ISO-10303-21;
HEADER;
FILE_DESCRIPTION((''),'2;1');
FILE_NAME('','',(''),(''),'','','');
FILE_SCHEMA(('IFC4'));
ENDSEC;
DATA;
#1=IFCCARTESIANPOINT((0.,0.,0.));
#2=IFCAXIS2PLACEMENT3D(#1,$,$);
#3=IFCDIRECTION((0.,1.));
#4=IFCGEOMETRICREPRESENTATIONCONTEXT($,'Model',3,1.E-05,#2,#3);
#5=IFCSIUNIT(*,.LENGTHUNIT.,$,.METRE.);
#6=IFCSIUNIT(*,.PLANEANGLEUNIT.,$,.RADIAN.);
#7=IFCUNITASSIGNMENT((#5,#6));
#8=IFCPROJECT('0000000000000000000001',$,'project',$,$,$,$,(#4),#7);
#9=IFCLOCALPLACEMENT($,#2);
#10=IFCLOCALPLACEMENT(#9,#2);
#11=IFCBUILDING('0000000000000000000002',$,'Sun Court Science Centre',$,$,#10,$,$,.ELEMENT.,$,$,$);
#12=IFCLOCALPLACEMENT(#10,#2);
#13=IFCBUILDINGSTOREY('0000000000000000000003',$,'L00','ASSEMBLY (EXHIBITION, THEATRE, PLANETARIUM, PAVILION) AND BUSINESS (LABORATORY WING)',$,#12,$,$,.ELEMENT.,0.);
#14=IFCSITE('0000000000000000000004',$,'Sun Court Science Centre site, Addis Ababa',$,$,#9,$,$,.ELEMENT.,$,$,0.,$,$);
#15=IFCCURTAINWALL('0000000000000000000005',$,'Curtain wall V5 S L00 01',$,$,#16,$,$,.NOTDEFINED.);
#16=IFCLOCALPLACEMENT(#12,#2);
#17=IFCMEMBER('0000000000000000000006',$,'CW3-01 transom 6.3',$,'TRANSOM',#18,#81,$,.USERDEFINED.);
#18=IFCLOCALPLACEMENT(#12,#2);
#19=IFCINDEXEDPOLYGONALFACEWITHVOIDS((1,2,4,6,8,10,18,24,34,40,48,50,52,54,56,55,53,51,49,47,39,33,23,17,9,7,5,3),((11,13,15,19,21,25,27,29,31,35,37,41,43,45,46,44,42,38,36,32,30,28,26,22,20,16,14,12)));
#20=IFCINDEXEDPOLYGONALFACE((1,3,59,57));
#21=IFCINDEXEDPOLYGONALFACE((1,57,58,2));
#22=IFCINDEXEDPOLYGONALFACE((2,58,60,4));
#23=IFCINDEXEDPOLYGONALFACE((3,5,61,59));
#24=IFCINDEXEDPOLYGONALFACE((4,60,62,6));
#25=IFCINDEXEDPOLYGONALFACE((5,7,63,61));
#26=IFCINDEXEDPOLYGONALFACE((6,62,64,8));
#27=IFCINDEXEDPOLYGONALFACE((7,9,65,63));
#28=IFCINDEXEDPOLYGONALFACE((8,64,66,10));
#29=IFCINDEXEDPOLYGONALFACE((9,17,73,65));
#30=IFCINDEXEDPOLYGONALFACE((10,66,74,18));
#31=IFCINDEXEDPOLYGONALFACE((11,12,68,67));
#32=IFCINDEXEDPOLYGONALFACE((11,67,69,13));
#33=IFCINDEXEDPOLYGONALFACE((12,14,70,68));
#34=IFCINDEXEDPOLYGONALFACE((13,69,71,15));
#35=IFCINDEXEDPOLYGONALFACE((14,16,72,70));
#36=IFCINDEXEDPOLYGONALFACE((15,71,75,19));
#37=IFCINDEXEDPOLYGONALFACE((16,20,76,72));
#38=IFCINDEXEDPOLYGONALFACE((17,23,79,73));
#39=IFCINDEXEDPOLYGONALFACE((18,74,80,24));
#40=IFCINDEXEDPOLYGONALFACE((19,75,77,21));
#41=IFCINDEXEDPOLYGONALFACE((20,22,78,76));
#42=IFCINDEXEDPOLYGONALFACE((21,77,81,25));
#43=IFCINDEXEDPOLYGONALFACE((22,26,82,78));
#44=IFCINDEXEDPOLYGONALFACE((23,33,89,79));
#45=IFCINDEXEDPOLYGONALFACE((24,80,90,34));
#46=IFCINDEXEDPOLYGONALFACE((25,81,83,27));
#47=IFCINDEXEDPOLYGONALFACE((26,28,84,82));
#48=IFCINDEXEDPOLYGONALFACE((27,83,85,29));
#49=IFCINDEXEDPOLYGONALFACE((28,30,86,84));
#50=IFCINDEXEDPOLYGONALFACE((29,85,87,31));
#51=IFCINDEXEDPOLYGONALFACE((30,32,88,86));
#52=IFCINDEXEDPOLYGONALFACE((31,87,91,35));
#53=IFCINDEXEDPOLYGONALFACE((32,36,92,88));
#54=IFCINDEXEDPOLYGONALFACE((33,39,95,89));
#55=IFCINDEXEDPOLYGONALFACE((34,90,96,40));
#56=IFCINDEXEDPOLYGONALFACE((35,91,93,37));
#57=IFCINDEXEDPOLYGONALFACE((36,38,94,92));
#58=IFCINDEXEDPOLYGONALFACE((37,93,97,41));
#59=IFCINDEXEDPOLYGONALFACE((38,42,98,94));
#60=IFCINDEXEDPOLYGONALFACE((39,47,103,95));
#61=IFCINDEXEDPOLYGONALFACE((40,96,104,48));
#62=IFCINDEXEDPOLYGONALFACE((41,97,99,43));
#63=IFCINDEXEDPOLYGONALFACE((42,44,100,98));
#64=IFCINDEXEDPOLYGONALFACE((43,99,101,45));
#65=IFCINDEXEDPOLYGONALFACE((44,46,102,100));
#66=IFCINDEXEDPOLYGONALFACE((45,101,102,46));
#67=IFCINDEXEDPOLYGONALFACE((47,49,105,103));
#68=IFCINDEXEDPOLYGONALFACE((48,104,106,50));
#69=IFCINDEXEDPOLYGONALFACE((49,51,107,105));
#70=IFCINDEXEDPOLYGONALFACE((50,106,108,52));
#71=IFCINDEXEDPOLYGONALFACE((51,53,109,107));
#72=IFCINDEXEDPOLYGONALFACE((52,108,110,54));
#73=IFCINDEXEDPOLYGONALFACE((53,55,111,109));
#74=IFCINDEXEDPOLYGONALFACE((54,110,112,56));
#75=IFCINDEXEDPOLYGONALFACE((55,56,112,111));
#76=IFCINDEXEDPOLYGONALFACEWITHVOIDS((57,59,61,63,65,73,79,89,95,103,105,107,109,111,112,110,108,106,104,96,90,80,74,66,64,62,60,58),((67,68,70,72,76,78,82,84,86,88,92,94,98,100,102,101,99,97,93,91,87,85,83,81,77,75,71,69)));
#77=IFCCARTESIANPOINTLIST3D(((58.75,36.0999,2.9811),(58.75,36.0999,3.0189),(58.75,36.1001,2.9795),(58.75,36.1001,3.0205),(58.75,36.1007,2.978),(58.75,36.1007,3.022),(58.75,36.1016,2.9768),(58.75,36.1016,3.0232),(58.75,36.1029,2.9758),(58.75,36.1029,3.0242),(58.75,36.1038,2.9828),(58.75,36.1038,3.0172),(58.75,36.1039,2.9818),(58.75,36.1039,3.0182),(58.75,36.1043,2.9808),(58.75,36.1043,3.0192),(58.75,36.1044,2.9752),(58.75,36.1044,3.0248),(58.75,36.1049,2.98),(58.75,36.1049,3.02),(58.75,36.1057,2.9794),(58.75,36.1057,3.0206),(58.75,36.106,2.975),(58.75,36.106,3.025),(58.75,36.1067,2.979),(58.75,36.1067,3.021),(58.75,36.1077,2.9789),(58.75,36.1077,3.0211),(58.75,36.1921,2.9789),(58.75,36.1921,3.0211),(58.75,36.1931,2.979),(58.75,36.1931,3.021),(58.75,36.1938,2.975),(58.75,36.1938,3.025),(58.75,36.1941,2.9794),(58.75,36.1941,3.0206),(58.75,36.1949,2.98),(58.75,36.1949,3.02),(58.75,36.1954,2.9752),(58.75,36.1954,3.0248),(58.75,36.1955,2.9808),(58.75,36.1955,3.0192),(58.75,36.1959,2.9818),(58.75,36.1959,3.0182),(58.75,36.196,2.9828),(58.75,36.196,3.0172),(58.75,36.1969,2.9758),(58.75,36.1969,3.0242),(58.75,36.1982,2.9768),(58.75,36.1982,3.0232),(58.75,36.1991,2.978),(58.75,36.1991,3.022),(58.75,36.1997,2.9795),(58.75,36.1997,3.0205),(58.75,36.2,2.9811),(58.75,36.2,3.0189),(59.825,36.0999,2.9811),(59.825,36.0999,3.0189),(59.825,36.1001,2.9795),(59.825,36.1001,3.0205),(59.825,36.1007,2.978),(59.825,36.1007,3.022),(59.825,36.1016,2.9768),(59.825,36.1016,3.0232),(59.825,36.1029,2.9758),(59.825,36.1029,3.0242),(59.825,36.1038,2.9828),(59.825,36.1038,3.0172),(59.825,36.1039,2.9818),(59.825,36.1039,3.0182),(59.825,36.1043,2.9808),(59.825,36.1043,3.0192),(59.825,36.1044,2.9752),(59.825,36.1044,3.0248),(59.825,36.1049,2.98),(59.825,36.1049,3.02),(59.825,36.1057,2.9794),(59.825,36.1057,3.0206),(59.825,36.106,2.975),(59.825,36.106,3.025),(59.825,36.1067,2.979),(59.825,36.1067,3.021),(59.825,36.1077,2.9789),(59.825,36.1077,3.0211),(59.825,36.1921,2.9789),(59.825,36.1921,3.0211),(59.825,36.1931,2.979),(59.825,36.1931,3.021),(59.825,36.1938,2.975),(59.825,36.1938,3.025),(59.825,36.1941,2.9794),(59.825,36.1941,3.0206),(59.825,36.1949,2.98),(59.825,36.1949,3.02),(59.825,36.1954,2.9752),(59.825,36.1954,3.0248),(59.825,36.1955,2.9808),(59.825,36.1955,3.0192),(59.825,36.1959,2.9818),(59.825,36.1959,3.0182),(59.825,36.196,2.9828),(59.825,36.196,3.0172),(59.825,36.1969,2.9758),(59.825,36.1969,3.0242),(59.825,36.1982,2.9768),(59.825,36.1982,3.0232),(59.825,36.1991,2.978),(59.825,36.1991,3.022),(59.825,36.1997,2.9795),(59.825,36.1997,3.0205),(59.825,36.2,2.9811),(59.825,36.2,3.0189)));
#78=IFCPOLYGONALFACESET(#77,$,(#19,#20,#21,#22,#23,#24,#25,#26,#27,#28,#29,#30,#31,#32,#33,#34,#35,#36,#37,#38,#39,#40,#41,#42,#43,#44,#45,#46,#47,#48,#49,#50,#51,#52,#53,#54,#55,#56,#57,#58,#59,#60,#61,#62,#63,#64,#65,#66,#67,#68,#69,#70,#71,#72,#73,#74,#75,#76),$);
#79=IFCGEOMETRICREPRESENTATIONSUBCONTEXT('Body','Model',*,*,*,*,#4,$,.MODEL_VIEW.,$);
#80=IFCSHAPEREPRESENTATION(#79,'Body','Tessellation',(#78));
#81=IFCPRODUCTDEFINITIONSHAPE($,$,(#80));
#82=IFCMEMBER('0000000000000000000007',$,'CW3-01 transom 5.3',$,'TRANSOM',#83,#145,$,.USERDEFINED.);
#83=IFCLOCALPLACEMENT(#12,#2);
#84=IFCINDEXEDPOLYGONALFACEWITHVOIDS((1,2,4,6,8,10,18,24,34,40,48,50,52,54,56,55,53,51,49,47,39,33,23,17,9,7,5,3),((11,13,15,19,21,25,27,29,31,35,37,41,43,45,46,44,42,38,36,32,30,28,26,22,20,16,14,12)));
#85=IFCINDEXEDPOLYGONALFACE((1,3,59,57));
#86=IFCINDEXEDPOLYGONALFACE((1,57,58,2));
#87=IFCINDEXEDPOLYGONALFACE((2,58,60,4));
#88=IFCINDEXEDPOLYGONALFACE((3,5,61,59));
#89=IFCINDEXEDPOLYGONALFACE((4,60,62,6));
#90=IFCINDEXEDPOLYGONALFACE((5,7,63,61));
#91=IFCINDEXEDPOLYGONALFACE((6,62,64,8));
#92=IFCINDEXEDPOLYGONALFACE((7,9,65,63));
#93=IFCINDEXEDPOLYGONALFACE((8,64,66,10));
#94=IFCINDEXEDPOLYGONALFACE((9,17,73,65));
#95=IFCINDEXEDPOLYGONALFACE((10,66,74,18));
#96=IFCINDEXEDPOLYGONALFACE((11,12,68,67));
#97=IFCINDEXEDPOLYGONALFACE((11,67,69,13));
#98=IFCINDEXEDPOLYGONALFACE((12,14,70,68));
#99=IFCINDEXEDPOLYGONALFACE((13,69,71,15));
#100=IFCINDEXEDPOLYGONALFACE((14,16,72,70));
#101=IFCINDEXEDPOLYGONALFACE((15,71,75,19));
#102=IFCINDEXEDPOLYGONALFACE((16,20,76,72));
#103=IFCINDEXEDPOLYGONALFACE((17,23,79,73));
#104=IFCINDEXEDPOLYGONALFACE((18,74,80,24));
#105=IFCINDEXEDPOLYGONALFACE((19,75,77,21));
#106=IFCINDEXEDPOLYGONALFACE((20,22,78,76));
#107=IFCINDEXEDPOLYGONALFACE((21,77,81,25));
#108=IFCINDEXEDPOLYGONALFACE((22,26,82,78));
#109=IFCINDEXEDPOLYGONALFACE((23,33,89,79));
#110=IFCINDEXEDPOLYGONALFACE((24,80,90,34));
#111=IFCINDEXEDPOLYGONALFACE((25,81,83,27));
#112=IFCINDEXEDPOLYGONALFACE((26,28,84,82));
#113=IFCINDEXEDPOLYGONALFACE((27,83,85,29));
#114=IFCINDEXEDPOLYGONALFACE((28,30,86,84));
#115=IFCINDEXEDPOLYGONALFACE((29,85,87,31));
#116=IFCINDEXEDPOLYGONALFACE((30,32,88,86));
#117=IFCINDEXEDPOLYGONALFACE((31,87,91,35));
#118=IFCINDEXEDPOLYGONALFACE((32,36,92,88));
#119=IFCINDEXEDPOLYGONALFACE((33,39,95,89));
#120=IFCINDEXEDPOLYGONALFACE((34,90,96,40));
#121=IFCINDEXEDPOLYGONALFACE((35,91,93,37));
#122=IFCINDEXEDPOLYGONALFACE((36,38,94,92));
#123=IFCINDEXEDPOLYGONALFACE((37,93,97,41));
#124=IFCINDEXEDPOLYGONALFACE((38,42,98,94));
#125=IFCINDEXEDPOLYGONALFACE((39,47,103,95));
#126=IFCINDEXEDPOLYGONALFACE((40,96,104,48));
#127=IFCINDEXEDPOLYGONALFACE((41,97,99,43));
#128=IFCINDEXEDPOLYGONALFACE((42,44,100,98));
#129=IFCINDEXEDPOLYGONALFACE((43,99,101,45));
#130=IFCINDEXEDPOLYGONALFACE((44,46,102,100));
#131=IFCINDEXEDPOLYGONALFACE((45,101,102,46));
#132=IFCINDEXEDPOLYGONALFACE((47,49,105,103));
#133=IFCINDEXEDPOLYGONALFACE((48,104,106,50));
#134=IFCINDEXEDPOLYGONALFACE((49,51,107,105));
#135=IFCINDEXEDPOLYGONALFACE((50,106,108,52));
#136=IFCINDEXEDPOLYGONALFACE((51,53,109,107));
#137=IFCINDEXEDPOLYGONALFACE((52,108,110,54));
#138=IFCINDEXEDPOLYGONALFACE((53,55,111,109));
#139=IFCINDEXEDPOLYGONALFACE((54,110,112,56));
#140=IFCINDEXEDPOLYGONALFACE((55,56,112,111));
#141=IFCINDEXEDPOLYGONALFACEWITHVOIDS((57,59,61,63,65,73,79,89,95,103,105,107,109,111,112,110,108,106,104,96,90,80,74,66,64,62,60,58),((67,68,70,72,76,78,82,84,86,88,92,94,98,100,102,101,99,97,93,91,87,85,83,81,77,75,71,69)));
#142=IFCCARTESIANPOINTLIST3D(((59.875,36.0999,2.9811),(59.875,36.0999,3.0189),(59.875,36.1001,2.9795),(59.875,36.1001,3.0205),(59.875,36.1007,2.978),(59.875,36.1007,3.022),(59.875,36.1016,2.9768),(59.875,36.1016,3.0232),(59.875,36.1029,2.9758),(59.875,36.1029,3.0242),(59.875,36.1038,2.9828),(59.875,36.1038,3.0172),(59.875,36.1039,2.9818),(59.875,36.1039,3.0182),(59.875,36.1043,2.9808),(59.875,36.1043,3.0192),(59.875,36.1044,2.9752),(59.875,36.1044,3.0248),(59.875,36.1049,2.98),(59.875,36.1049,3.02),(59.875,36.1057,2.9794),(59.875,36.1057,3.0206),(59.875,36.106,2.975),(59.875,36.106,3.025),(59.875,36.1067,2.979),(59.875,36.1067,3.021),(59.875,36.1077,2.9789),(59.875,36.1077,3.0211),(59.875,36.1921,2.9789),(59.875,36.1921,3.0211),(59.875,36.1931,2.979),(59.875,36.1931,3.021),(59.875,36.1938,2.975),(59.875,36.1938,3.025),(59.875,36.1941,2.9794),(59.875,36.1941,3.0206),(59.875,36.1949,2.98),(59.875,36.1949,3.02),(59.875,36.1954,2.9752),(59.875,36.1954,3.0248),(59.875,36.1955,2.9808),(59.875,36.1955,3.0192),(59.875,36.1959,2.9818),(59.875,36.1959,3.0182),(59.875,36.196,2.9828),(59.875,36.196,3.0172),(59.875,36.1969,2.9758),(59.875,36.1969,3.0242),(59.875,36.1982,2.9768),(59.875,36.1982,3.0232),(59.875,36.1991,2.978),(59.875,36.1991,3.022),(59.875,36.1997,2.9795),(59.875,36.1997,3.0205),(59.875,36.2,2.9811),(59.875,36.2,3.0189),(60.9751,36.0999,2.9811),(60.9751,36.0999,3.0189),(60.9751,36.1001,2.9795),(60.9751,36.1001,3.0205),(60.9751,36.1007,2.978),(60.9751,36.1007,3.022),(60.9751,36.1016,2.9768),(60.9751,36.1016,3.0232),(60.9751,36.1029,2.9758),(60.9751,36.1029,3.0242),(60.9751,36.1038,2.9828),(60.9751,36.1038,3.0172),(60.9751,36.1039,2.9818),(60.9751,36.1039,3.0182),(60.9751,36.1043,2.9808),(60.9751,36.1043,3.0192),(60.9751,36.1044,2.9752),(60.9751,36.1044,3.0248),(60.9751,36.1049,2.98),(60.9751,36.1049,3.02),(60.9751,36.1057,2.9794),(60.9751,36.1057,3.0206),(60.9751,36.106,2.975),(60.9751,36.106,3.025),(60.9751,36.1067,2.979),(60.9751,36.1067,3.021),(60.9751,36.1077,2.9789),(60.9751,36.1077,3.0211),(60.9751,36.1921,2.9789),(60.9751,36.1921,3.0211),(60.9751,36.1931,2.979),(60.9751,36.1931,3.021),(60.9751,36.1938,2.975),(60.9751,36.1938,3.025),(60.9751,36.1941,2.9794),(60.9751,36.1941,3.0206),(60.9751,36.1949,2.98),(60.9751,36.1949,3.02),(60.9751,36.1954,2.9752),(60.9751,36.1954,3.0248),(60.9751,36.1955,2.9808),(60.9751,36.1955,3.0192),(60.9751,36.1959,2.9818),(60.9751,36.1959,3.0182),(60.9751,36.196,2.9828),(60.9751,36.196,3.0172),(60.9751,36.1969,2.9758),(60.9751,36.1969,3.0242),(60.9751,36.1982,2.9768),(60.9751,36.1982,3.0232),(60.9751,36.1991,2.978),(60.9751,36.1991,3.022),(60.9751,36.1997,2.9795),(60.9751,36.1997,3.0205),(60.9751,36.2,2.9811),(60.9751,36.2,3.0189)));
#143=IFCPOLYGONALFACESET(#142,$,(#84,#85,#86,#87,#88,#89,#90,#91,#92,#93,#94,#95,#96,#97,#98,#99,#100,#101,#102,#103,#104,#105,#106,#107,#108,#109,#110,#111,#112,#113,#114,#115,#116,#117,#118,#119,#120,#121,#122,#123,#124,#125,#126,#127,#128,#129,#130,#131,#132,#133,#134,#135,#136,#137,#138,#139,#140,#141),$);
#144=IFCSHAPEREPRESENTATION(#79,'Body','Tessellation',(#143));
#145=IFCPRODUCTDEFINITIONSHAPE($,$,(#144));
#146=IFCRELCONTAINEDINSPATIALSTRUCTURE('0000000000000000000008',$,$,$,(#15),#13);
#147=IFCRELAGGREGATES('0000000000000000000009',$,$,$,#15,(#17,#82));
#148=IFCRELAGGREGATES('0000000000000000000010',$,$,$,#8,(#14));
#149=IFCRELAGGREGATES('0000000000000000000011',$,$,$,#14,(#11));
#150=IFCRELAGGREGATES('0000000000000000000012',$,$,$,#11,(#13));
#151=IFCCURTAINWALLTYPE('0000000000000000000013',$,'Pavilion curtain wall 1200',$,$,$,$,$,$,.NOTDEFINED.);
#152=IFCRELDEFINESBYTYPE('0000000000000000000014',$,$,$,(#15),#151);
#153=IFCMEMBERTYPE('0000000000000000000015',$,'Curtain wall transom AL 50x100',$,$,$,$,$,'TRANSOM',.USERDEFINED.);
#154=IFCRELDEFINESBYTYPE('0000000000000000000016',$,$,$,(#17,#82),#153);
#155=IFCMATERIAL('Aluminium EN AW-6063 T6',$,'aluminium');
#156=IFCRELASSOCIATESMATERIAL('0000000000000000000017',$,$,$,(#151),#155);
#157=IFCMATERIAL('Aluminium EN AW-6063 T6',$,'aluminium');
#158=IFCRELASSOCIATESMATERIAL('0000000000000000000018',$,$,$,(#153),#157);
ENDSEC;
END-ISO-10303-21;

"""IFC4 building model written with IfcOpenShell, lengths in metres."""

from ifc_helpers import new_model, si_unit, direction, frame, origin, origin_2d, place, context, subcontext, project, spatial, hollow_rectangle, extrude, material, material_profile, profile_set, type_object, element, aggregate, save


model = new_model("IFC4")

# Units and contexts
model_context = context("Model", 3, precision=1e-05, world=origin(), true_north=direction((0.0, 1.0)))
body_context = subcontext(model_context, "Body", "Model", "MODEL_VIEW")
ifc_project = project(units=[si_unit("LENGTHUNIT", "METRE"), si_unit("PLANEANGLEUNIT", "RADIAN")], contexts=[model_context])

# Site, building, storey
site_placement = place(None, origin())
site = spatial("IfcSite", under=ifc_project, at=site_placement, Name="Sun Court Science Centre site, Addis Ababa", CompositionType="ELEMENT", RefElevation=0.0)
building_placement = place(site_placement, origin())
building = spatial("IfcBuilding", under=site, at=building_placement, Name="Sun Court Science Centre", CompositionType="ELEMENT")
storey_placement = place(building_placement, origin())
storey = spatial("IfcBuildingStorey", under=building, at=storey_placement, Name="L00", Description="ASSEMBLY (EXHIBITION, THEATRE, PLANETARIUM, PAVILION) AND BUSINESS (LABORATORY WING)", CompositionType="ELEMENT", Elevation=0.0)

# Curtain wall, members
ifc_material_1 = material(Name="Aluminium EN AW-6063 T6", Category="aluminium")
curtain_wall_type = type_object("IfcCurtainWallType", Name="Pavilion curtain wall 1200", PredefinedType="NOTDEFINED", material=ifc_material_1)
curtain_wall_placement = place(storey_placement, origin())
curtain_wall = element("IfcCurtainWall", 1, at=curtain_wall_placement, inside=storey, type_object=curtain_wall_type, Name="Curtain wall V5 S L00 01", PredefinedType="NOTDEFINED")
ifc_material_2 = material(Name="Aluminium EN AW-6063 T6", Category="aluminium")
ifc_material_profile_1 = material_profile(ifc_material_2, hollow_rectangle(XDim=0.05, YDim=0.1001, WallThickness=0.0039, InnerFilletRadius=0.0039, OuterFilletRadius=0.0061, at=origin_2d()), Name="AL 50x100x4")
ifc_profile_set_1 = profile_set([ifc_material_profile_1], Name="Aluminium EN AW-6063 T6")
member_type_1 = type_object("IfcMemberType", Name="Curtain wall transom AL 50x100", ElementType="TRANSOM", PredefinedType="USERDEFINED", material=ifc_profile_set_1)
member_1_placement = place(storey_placement, frame((59.825, 36.1499, 3.0), z_axis=(-1.0, 0.0, 0.0), x_axis=(0.0, 0.0, 1.0)))
member_1 = element("IfcMember", 2, at=member_1_placement, type_object=member_type_1, Name="CW3-01 transom 6.3", ObjectType="TRANSOM", PredefinedType="USERDEFINED", context=body_context, shape_type="SweptSolid", body=[
    extrude(hollow_rectangle(XDim=0.05, YDim=0.1001, WallThickness=0.0039, InnerFilletRadius=0.0039, OuterFilletRadius=0.0061, at=origin_2d()), origin(), (0.0, 0.0, 1.0), 1.075),
])
member_2_placement = place(storey_placement, frame((60.9751, 36.1499, 3.0), z_axis=(-1.0, 0.0, 0.0), x_axis=(0.0, 0.0, 1.0)))
member_2 = element("IfcMember", 3, at=member_2_placement, type_object=member_type_1, Name="CW3-01 transom 5.3", ObjectType="TRANSOM", PredefinedType="USERDEFINED", context=body_context, shape_type="SweptSolid", body=[
    extrude(hollow_rectangle(XDim=0.05, YDim=0.1001, WallThickness=0.0039, InnerFilletRadius=0.0039, OuterFilletRadius=0.0061, at=origin_2d()), origin(), (0.0, 0.0, 1.0), 1.1001),
])
aggregate(curtain_wall, [member_1, member_2])

save(model, "model.ifc")
